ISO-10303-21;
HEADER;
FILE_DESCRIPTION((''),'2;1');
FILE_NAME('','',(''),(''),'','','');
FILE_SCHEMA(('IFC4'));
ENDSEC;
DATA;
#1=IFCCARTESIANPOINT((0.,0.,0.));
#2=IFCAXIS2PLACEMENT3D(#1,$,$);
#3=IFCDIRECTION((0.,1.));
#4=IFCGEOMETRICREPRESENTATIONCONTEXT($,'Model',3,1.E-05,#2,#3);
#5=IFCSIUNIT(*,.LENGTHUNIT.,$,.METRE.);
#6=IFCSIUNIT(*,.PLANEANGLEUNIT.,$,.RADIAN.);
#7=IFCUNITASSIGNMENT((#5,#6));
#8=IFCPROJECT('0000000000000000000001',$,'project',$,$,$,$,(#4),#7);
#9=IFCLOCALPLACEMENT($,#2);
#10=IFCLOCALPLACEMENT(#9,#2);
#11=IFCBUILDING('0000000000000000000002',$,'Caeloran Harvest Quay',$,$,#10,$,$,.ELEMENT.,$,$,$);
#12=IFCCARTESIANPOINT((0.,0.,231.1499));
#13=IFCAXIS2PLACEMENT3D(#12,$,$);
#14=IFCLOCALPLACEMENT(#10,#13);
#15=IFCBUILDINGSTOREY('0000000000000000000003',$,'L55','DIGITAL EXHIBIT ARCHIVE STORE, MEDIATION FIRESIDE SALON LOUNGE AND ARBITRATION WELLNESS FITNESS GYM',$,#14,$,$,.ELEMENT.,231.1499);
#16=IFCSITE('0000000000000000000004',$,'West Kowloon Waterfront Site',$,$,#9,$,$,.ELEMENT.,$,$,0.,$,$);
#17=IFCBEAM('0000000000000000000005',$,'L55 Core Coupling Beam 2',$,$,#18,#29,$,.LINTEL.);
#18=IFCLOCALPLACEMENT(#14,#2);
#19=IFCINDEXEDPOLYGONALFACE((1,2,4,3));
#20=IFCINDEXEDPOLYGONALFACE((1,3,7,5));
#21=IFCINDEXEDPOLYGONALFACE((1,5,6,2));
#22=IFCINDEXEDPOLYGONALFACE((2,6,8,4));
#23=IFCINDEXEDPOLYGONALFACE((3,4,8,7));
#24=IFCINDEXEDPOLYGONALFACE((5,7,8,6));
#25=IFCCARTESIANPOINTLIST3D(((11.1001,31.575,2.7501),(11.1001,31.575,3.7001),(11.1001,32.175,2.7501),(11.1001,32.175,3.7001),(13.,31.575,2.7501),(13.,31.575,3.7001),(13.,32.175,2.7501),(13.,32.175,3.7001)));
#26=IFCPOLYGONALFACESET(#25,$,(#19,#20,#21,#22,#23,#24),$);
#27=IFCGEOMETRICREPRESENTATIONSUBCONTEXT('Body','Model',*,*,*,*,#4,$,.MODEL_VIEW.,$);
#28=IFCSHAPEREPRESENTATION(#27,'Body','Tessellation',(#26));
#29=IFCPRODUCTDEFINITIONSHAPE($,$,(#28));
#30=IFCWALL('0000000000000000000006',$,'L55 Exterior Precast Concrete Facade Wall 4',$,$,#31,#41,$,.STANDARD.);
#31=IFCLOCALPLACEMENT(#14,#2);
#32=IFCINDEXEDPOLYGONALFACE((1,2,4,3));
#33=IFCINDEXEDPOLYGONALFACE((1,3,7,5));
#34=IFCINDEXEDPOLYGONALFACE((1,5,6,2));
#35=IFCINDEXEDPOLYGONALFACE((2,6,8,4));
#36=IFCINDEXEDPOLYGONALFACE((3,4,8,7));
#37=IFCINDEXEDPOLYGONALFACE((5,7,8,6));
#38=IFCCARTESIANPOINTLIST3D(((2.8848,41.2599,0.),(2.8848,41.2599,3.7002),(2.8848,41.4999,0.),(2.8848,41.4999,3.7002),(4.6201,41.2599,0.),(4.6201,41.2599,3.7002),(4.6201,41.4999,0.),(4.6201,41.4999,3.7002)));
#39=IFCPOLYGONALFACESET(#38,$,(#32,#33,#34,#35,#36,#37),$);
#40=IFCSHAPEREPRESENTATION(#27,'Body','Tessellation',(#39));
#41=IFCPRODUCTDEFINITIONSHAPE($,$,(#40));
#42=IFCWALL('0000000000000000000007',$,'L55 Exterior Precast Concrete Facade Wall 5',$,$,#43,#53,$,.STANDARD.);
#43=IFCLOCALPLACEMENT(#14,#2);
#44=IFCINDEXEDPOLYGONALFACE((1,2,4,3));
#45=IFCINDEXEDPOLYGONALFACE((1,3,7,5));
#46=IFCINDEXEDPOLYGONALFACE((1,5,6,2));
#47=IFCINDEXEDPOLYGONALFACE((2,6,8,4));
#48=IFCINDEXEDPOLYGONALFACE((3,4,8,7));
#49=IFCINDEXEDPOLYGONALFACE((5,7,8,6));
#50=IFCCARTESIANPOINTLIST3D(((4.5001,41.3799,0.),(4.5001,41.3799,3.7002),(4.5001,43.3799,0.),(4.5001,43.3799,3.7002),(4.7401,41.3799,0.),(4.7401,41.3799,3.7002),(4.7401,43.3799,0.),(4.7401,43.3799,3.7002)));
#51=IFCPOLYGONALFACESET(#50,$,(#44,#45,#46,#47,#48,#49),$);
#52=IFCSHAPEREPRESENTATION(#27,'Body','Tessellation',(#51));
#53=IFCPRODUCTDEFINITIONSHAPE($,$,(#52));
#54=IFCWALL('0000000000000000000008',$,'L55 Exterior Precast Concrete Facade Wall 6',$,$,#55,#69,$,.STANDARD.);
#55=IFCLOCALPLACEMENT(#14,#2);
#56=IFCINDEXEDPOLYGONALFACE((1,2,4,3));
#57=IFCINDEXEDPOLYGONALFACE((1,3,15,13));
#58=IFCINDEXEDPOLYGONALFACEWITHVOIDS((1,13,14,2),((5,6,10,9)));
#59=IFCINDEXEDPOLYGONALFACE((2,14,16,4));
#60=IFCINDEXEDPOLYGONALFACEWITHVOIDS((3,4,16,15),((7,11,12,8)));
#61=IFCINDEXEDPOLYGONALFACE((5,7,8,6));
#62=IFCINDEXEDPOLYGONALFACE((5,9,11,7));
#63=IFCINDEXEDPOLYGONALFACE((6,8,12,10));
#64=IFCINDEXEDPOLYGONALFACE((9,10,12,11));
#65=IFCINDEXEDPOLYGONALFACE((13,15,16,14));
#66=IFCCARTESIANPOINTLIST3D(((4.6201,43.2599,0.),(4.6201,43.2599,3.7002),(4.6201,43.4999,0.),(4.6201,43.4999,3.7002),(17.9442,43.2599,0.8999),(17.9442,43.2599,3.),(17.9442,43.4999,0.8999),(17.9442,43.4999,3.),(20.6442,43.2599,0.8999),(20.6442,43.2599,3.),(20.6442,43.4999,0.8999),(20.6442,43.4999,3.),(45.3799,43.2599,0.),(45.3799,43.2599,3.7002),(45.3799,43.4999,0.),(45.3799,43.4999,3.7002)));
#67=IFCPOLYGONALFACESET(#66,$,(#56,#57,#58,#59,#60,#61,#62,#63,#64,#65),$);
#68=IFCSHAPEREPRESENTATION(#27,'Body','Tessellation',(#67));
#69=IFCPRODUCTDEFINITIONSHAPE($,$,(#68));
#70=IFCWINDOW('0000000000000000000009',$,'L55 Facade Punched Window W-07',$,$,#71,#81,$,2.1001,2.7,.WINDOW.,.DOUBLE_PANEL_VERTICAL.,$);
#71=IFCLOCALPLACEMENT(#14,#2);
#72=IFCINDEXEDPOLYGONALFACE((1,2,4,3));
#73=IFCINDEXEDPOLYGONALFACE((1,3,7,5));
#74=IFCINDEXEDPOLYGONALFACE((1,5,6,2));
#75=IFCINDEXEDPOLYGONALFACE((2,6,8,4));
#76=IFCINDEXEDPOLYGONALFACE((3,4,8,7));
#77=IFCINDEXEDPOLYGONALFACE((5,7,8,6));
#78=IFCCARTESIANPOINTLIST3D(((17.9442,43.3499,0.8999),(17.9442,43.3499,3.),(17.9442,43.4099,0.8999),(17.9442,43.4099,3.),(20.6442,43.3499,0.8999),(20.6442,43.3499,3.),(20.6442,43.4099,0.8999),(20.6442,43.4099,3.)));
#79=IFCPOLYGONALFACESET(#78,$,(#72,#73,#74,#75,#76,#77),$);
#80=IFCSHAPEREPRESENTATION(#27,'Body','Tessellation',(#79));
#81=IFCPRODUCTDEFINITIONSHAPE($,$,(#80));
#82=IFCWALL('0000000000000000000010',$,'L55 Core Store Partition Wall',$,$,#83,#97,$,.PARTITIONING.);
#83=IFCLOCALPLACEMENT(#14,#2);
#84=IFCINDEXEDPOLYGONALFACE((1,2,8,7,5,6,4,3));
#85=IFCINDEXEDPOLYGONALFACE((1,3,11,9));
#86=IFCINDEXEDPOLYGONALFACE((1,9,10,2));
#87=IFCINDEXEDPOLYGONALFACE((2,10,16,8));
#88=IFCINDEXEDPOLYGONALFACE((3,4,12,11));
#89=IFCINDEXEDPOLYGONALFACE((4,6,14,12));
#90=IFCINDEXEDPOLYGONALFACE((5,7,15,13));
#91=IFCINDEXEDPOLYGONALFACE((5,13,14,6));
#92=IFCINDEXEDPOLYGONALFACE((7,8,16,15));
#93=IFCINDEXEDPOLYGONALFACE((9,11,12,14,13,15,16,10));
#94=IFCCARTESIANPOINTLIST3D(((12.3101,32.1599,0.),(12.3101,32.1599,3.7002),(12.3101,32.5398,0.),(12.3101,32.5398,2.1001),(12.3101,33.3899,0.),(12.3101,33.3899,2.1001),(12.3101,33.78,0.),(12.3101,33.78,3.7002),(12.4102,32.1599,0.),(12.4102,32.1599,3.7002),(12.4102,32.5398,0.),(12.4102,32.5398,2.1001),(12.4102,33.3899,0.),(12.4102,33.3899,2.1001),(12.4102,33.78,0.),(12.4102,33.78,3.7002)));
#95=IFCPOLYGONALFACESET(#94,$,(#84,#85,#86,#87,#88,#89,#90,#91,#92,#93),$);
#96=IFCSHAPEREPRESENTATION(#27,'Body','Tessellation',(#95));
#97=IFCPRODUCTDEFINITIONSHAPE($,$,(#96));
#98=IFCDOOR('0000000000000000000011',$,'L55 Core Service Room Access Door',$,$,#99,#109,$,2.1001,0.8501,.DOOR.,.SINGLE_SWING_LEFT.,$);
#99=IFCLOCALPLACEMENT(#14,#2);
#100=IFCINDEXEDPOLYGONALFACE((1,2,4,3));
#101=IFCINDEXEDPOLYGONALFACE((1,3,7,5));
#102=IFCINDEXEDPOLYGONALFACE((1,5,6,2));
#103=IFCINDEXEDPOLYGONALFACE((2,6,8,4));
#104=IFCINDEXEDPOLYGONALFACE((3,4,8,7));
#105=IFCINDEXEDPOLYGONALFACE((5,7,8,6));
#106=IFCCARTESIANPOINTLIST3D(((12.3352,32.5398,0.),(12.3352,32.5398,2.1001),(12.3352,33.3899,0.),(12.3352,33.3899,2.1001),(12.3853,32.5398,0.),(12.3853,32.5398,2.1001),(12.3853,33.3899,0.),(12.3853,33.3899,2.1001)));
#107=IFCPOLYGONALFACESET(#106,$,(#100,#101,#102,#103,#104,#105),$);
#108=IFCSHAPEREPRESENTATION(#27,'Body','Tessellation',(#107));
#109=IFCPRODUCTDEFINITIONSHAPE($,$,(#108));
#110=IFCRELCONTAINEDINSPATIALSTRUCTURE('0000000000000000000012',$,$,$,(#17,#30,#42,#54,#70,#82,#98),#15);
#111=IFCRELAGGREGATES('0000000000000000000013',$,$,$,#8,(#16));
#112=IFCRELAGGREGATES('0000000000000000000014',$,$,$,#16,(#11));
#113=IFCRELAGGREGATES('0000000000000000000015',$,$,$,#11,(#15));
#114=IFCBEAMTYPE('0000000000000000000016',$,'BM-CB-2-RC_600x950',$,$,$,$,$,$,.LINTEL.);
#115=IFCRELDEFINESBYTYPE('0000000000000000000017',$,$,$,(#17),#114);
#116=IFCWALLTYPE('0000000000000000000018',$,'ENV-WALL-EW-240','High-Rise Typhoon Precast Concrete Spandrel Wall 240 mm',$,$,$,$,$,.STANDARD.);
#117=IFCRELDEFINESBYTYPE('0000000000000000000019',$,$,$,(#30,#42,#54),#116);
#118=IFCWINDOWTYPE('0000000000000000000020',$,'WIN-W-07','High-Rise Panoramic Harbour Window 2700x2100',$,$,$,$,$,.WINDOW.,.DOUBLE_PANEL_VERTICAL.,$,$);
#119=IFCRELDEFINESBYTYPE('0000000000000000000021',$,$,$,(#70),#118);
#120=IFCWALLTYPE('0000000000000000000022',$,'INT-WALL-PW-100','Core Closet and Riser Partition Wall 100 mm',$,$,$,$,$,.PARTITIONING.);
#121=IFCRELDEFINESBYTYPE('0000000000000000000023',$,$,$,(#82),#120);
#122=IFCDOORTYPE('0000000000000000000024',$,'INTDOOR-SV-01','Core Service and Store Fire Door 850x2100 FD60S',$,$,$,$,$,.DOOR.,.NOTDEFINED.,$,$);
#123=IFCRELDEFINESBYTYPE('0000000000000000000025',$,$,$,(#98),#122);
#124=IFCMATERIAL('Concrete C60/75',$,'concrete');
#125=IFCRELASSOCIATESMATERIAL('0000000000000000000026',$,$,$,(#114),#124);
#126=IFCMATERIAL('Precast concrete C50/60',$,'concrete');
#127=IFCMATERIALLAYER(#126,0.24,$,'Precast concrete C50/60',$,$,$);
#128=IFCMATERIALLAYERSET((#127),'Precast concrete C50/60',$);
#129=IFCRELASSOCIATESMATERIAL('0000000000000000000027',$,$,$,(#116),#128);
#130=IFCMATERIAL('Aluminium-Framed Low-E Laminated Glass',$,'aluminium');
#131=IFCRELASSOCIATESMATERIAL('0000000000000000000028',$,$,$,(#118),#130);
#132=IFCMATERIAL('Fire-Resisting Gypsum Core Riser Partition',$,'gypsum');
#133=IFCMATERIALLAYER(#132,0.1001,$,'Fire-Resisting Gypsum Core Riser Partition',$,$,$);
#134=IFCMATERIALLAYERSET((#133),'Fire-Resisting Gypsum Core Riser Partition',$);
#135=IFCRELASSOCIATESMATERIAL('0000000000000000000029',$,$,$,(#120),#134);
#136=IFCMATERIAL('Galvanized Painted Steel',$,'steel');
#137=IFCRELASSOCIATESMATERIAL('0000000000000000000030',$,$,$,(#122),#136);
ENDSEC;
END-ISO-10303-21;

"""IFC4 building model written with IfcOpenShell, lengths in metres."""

from ifc_helpers import new_model, si_unit, direction, frame, frame_2d, origin, origin_2d, place, context, subcontext, project, spatial, rectangle, extrude, material, layer, layer_set, material_profile, profile_set, type_object, element, fill, save


model = new_model("IFC4")

# Units and contexts
model_context = context("Model", 3, precision=1e-05, world=origin(), true_north=direction((0.0, 1.0)))
body_context = subcontext(model_context, "Body", "Model", "MODEL_VIEW")
ifc_project = project(units=[si_unit("LENGTHUNIT", "METRE"), si_unit("PLANEANGLEUNIT", "RADIAN")], contexts=[model_context])

# Site, building, storey
site_placement = place(None, origin())
site = spatial("IfcSite", under=ifc_project, at=site_placement, Name="West Kowloon Waterfront Site", CompositionType="ELEMENT", RefElevation=0.0)
building_placement = place(site_placement, origin())
building = spatial("IfcBuilding", under=site, at=building_placement, Name="Caeloran Harvest Quay", CompositionType="ELEMENT")
storey_placement = place(building_placement, frame((0.0, 0.0, 231.1499)))
storey = spatial("IfcBuildingStorey", under=building, at=storey_placement, Name="L55", Description="DIGITAL EXHIBIT ARCHIVE STORE, MEDIATION FIRESIDE SALON LOUNGE AND ARBITRATION WELLNESS FITNESS GYM", CompositionType="ELEMENT", Elevation=231.1499)

# Beam
ifc_material_1 = material(Name="Concrete C60/75", Category="concrete")
ifc_material_profile = material_profile(ifc_material_1, rectangle(XDim=0.6001, YDim=0.95, at=origin_2d()), Name="RC 600x950")
ifc_profile_set = profile_set([ifc_material_profile], Name="Concrete C60/75")
beam_type = type_object("IfcBeamType", Name="BM-CB-2-RC_600x950", PredefinedType="LINTEL", material=ifc_profile_set)
beam_placement = place(storey_placement, frame((11.1001, 31.875, 3.2251), z_axis=(1.0, 0.0, 0.0), x_axis=(0.0, 1.0, 0.0)))
element("IfcBeam", 1, at=beam_placement, inside=storey, type_object=beam_type, Name="L55 Core Coupling Beam 2", PredefinedType="LINTEL", context=body_context, shape_type="SweptSolid", body=[
    extrude(rectangle(XDim=0.6001, YDim=0.95, at=origin_2d()), origin(), (0.0, 0.0, 1.0), 1.8999),
])

# Walls
ifc_material_2 = material(Name="Precast concrete C50/60", Category="concrete")
ifc_layer_1 = layer(ifc_material_2, 0.24, Name="Precast concrete C50/60")
ifc_layer_set_1 = layer_set([ifc_layer_1], Name="Precast concrete C50/60")
wall_type_1 = type_object("IfcWallType", Name="ENV-WALL-EW-240", Description="High-Rise Typhoon Precast Concrete Spandrel Wall 240 mm", PredefinedType="STANDARD", material=ifc_layer_set_1)
wall_1_placement = place(storey_placement, frame((2.8848, 41.3799, 0.0), z_axis=(0.0, 0.0, 1.0), x_axis=(1.0, 0.0, 0.0)))
element("IfcWall", 2, at=wall_1_placement, inside=storey, type_object=wall_type_1, Name="L55 Exterior Precast Concrete Facade Wall 4", PredefinedType="STANDARD", context=body_context, shape_type="SweptSolid", body=[
    extrude(rectangle(XDim=1.7354, YDim=0.24, at=frame_2d((0.8677, 0.0))), origin(), (0.0, 0.0, 1.0), 3.7002),
])
wall_2_placement = place(storey_placement, frame((4.6201, 41.3799, 0.0), z_axis=(0.0, 0.0, 1.0), x_axis=(0.0, 1.0, 0.0)))
element("IfcWall", 3, at=wall_2_placement, inside=storey, type_object=wall_type_1, Name="L55 Exterior Precast Concrete Facade Wall 5", PredefinedType="STANDARD", context=body_context, shape_type="SweptSolid", body=[
    extrude(rectangle(XDim=2.0, YDim=0.24, at=frame_2d((1.0, 0.0))), origin(), (0.0, 0.0, 1.0), 3.7002),
])

# Wall, opening, window
wall_3_placement = place(storey_placement, frame((4.6201, 43.3799, 0.0), z_axis=(0.0, 0.0, 1.0), x_axis=(1.0, 0.0, 0.0)))
wall_3 = element("IfcWall", 4, at=wall_3_placement, inside=storey, type_object=wall_type_1, Name="L55 Exterior Precast Concrete Facade Wall 6", PredefinedType="STANDARD", context=body_context, shape_type="SweptSolid", body=[
    extrude(rectangle(XDim=40.7598, YDim=0.24, at=frame_2d((20.3799, 0.0))), origin(), (0.0, 0.0, 1.0), 3.7002),
])
opening_1_placement = place(wall_3_placement, frame((13.324, 0.0, 0.8999)))
opening_1 = element("IfcOpeningElement", 5, at=opening_1_placement, cuts=wall_3, PredefinedType="OPENING", context=body_context, shape_type="SweptSolid", body=[
    extrude(rectangle(XDim=2.7, YDim=2.1001, at=frame_2d((1.3501, 1.05))), frame((0.0, 0.1299, 0.0), z_axis=(0.0, -1.0, 0.0), x_axis=(1.0, 0.0, 0.0)), (0.0, 0.0, 1.0), 0.26),
])
ifc_material_3 = material(Name="Aluminium-Framed Low-E Laminated Glass", Category="aluminium")
window_type = type_object("IfcWindowType", Name="WIN-W-07", Description="High-Rise Panoramic Harbour Window 2700x2100", PartitioningType="DOUBLE_PANEL_VERTICAL", PredefinedType="WINDOW", material=ifc_material_3)
window_placement = place(opening_1_placement, origin())
window = element("IfcWindow", 6, at=window_placement, inside=storey, type_object=window_type, Name="L55 Facade Punched Window W-07", OverallHeight=2.1001, OverallWidth=2.7, PartitioningType="DOUBLE_PANEL_VERTICAL", PredefinedType="WINDOW", context=body_context, shape_type="SweptSolid", body=[
    extrude(rectangle(XDim=2.7, YDim=2.1001, at=frame_2d((1.3501, 1.05))), frame((0.0, 0.03, 0.0), z_axis=(0.0, -1.0, 0.0), x_axis=(1.0, 0.0, 0.0)), (0.0, 0.0, 1.0), 0.0601),
])
fill(opening_1, window)

# Wall, opening, door
ifc_material_4 = material(Name="Fire-Resisting Gypsum Core Riser Partition", Category="gypsum")
ifc_layer_2 = layer(ifc_material_4, 0.1001, Name="Fire-Resisting Gypsum Core Riser Partition")
ifc_layer_set_2 = layer_set([ifc_layer_2], Name="Fire-Resisting Gypsum Core Riser Partition")
wall_type_2 = type_object("IfcWallType", Name="INT-WALL-PW-100", Description="Core Closet and Riser Partition Wall 100 mm", PredefinedType="PARTITIONING", material=ifc_layer_set_2)
wall_4_placement = place(storey_placement, frame((12.3601, 32.1599, 0.0), z_axis=(0.0, 0.0, 1.0), x_axis=(0.0, 1.0, 0.0)))
wall_4 = element("IfcWall", 7, at=wall_4_placement, inside=storey, type_object=wall_type_2, Name="L55 Core Store Partition Wall", PredefinedType="PARTITIONING", context=body_context, shape_type="SweptSolid", body=[
    extrude(rectangle(XDim=1.6201, YDim=0.1001, at=frame_2d((0.8101, 0.0))), origin(), (0.0, 0.0, 1.0), 3.7002),
])
opening_2_placement = place(wall_4_placement, frame((0.3799, 0.0, 0.0)))
opening_2 = element("IfcOpeningElement", 8, at=opening_2_placement, cuts=wall_4, PredefinedType="OPENING", context=body_context, shape_type="SweptSolid", body=[
    extrude(rectangle(XDim=0.8501, YDim=2.1001, at=frame_2d((0.425, 1.05))), frame((0.0, 0.0601, 0.0), z_axis=(0.0, -1.0, 0.0), x_axis=(1.0, 0.0, 0.0)), (0.0, 0.0, 1.0), 0.1201),
])
ifc_material_5 = material(Name="Galvanized Painted Steel", Category="steel")
door_type_1 = type_object("IfcDoorType", Name="INTDOOR-SV-01", Description="Core Service and Store Fire Door 850x2100 FD60S", OperationType="NOTDEFINED", PredefinedType="DOOR", material=ifc_material_5)
door_1_placement = place(opening_2_placement, origin())
door_1 = element("IfcDoor", 9, at=door_1_placement, inside=storey, type_object=door_type_1, Name="L55 Core Service Room Access Door", OperationType="SINGLE_SWING_LEFT", OverallHeight=2.1001, OverallWidth=0.8501, PredefinedType="DOOR", context=body_context, shape_type="SweptSolid", body=[
    extrude(rectangle(XDim=0.8501, YDim=2.1001, at=frame_2d((0.425, 1.05))), frame((0.0, 0.0249, 0.0), z_axis=(0.0, -1.0, 0.0), x_axis=(1.0, 0.0, 0.0)), (0.0, 0.0, 1.0), 0.05),
])
fill(opening_2, door_1)

save(model, "model.ifc")
